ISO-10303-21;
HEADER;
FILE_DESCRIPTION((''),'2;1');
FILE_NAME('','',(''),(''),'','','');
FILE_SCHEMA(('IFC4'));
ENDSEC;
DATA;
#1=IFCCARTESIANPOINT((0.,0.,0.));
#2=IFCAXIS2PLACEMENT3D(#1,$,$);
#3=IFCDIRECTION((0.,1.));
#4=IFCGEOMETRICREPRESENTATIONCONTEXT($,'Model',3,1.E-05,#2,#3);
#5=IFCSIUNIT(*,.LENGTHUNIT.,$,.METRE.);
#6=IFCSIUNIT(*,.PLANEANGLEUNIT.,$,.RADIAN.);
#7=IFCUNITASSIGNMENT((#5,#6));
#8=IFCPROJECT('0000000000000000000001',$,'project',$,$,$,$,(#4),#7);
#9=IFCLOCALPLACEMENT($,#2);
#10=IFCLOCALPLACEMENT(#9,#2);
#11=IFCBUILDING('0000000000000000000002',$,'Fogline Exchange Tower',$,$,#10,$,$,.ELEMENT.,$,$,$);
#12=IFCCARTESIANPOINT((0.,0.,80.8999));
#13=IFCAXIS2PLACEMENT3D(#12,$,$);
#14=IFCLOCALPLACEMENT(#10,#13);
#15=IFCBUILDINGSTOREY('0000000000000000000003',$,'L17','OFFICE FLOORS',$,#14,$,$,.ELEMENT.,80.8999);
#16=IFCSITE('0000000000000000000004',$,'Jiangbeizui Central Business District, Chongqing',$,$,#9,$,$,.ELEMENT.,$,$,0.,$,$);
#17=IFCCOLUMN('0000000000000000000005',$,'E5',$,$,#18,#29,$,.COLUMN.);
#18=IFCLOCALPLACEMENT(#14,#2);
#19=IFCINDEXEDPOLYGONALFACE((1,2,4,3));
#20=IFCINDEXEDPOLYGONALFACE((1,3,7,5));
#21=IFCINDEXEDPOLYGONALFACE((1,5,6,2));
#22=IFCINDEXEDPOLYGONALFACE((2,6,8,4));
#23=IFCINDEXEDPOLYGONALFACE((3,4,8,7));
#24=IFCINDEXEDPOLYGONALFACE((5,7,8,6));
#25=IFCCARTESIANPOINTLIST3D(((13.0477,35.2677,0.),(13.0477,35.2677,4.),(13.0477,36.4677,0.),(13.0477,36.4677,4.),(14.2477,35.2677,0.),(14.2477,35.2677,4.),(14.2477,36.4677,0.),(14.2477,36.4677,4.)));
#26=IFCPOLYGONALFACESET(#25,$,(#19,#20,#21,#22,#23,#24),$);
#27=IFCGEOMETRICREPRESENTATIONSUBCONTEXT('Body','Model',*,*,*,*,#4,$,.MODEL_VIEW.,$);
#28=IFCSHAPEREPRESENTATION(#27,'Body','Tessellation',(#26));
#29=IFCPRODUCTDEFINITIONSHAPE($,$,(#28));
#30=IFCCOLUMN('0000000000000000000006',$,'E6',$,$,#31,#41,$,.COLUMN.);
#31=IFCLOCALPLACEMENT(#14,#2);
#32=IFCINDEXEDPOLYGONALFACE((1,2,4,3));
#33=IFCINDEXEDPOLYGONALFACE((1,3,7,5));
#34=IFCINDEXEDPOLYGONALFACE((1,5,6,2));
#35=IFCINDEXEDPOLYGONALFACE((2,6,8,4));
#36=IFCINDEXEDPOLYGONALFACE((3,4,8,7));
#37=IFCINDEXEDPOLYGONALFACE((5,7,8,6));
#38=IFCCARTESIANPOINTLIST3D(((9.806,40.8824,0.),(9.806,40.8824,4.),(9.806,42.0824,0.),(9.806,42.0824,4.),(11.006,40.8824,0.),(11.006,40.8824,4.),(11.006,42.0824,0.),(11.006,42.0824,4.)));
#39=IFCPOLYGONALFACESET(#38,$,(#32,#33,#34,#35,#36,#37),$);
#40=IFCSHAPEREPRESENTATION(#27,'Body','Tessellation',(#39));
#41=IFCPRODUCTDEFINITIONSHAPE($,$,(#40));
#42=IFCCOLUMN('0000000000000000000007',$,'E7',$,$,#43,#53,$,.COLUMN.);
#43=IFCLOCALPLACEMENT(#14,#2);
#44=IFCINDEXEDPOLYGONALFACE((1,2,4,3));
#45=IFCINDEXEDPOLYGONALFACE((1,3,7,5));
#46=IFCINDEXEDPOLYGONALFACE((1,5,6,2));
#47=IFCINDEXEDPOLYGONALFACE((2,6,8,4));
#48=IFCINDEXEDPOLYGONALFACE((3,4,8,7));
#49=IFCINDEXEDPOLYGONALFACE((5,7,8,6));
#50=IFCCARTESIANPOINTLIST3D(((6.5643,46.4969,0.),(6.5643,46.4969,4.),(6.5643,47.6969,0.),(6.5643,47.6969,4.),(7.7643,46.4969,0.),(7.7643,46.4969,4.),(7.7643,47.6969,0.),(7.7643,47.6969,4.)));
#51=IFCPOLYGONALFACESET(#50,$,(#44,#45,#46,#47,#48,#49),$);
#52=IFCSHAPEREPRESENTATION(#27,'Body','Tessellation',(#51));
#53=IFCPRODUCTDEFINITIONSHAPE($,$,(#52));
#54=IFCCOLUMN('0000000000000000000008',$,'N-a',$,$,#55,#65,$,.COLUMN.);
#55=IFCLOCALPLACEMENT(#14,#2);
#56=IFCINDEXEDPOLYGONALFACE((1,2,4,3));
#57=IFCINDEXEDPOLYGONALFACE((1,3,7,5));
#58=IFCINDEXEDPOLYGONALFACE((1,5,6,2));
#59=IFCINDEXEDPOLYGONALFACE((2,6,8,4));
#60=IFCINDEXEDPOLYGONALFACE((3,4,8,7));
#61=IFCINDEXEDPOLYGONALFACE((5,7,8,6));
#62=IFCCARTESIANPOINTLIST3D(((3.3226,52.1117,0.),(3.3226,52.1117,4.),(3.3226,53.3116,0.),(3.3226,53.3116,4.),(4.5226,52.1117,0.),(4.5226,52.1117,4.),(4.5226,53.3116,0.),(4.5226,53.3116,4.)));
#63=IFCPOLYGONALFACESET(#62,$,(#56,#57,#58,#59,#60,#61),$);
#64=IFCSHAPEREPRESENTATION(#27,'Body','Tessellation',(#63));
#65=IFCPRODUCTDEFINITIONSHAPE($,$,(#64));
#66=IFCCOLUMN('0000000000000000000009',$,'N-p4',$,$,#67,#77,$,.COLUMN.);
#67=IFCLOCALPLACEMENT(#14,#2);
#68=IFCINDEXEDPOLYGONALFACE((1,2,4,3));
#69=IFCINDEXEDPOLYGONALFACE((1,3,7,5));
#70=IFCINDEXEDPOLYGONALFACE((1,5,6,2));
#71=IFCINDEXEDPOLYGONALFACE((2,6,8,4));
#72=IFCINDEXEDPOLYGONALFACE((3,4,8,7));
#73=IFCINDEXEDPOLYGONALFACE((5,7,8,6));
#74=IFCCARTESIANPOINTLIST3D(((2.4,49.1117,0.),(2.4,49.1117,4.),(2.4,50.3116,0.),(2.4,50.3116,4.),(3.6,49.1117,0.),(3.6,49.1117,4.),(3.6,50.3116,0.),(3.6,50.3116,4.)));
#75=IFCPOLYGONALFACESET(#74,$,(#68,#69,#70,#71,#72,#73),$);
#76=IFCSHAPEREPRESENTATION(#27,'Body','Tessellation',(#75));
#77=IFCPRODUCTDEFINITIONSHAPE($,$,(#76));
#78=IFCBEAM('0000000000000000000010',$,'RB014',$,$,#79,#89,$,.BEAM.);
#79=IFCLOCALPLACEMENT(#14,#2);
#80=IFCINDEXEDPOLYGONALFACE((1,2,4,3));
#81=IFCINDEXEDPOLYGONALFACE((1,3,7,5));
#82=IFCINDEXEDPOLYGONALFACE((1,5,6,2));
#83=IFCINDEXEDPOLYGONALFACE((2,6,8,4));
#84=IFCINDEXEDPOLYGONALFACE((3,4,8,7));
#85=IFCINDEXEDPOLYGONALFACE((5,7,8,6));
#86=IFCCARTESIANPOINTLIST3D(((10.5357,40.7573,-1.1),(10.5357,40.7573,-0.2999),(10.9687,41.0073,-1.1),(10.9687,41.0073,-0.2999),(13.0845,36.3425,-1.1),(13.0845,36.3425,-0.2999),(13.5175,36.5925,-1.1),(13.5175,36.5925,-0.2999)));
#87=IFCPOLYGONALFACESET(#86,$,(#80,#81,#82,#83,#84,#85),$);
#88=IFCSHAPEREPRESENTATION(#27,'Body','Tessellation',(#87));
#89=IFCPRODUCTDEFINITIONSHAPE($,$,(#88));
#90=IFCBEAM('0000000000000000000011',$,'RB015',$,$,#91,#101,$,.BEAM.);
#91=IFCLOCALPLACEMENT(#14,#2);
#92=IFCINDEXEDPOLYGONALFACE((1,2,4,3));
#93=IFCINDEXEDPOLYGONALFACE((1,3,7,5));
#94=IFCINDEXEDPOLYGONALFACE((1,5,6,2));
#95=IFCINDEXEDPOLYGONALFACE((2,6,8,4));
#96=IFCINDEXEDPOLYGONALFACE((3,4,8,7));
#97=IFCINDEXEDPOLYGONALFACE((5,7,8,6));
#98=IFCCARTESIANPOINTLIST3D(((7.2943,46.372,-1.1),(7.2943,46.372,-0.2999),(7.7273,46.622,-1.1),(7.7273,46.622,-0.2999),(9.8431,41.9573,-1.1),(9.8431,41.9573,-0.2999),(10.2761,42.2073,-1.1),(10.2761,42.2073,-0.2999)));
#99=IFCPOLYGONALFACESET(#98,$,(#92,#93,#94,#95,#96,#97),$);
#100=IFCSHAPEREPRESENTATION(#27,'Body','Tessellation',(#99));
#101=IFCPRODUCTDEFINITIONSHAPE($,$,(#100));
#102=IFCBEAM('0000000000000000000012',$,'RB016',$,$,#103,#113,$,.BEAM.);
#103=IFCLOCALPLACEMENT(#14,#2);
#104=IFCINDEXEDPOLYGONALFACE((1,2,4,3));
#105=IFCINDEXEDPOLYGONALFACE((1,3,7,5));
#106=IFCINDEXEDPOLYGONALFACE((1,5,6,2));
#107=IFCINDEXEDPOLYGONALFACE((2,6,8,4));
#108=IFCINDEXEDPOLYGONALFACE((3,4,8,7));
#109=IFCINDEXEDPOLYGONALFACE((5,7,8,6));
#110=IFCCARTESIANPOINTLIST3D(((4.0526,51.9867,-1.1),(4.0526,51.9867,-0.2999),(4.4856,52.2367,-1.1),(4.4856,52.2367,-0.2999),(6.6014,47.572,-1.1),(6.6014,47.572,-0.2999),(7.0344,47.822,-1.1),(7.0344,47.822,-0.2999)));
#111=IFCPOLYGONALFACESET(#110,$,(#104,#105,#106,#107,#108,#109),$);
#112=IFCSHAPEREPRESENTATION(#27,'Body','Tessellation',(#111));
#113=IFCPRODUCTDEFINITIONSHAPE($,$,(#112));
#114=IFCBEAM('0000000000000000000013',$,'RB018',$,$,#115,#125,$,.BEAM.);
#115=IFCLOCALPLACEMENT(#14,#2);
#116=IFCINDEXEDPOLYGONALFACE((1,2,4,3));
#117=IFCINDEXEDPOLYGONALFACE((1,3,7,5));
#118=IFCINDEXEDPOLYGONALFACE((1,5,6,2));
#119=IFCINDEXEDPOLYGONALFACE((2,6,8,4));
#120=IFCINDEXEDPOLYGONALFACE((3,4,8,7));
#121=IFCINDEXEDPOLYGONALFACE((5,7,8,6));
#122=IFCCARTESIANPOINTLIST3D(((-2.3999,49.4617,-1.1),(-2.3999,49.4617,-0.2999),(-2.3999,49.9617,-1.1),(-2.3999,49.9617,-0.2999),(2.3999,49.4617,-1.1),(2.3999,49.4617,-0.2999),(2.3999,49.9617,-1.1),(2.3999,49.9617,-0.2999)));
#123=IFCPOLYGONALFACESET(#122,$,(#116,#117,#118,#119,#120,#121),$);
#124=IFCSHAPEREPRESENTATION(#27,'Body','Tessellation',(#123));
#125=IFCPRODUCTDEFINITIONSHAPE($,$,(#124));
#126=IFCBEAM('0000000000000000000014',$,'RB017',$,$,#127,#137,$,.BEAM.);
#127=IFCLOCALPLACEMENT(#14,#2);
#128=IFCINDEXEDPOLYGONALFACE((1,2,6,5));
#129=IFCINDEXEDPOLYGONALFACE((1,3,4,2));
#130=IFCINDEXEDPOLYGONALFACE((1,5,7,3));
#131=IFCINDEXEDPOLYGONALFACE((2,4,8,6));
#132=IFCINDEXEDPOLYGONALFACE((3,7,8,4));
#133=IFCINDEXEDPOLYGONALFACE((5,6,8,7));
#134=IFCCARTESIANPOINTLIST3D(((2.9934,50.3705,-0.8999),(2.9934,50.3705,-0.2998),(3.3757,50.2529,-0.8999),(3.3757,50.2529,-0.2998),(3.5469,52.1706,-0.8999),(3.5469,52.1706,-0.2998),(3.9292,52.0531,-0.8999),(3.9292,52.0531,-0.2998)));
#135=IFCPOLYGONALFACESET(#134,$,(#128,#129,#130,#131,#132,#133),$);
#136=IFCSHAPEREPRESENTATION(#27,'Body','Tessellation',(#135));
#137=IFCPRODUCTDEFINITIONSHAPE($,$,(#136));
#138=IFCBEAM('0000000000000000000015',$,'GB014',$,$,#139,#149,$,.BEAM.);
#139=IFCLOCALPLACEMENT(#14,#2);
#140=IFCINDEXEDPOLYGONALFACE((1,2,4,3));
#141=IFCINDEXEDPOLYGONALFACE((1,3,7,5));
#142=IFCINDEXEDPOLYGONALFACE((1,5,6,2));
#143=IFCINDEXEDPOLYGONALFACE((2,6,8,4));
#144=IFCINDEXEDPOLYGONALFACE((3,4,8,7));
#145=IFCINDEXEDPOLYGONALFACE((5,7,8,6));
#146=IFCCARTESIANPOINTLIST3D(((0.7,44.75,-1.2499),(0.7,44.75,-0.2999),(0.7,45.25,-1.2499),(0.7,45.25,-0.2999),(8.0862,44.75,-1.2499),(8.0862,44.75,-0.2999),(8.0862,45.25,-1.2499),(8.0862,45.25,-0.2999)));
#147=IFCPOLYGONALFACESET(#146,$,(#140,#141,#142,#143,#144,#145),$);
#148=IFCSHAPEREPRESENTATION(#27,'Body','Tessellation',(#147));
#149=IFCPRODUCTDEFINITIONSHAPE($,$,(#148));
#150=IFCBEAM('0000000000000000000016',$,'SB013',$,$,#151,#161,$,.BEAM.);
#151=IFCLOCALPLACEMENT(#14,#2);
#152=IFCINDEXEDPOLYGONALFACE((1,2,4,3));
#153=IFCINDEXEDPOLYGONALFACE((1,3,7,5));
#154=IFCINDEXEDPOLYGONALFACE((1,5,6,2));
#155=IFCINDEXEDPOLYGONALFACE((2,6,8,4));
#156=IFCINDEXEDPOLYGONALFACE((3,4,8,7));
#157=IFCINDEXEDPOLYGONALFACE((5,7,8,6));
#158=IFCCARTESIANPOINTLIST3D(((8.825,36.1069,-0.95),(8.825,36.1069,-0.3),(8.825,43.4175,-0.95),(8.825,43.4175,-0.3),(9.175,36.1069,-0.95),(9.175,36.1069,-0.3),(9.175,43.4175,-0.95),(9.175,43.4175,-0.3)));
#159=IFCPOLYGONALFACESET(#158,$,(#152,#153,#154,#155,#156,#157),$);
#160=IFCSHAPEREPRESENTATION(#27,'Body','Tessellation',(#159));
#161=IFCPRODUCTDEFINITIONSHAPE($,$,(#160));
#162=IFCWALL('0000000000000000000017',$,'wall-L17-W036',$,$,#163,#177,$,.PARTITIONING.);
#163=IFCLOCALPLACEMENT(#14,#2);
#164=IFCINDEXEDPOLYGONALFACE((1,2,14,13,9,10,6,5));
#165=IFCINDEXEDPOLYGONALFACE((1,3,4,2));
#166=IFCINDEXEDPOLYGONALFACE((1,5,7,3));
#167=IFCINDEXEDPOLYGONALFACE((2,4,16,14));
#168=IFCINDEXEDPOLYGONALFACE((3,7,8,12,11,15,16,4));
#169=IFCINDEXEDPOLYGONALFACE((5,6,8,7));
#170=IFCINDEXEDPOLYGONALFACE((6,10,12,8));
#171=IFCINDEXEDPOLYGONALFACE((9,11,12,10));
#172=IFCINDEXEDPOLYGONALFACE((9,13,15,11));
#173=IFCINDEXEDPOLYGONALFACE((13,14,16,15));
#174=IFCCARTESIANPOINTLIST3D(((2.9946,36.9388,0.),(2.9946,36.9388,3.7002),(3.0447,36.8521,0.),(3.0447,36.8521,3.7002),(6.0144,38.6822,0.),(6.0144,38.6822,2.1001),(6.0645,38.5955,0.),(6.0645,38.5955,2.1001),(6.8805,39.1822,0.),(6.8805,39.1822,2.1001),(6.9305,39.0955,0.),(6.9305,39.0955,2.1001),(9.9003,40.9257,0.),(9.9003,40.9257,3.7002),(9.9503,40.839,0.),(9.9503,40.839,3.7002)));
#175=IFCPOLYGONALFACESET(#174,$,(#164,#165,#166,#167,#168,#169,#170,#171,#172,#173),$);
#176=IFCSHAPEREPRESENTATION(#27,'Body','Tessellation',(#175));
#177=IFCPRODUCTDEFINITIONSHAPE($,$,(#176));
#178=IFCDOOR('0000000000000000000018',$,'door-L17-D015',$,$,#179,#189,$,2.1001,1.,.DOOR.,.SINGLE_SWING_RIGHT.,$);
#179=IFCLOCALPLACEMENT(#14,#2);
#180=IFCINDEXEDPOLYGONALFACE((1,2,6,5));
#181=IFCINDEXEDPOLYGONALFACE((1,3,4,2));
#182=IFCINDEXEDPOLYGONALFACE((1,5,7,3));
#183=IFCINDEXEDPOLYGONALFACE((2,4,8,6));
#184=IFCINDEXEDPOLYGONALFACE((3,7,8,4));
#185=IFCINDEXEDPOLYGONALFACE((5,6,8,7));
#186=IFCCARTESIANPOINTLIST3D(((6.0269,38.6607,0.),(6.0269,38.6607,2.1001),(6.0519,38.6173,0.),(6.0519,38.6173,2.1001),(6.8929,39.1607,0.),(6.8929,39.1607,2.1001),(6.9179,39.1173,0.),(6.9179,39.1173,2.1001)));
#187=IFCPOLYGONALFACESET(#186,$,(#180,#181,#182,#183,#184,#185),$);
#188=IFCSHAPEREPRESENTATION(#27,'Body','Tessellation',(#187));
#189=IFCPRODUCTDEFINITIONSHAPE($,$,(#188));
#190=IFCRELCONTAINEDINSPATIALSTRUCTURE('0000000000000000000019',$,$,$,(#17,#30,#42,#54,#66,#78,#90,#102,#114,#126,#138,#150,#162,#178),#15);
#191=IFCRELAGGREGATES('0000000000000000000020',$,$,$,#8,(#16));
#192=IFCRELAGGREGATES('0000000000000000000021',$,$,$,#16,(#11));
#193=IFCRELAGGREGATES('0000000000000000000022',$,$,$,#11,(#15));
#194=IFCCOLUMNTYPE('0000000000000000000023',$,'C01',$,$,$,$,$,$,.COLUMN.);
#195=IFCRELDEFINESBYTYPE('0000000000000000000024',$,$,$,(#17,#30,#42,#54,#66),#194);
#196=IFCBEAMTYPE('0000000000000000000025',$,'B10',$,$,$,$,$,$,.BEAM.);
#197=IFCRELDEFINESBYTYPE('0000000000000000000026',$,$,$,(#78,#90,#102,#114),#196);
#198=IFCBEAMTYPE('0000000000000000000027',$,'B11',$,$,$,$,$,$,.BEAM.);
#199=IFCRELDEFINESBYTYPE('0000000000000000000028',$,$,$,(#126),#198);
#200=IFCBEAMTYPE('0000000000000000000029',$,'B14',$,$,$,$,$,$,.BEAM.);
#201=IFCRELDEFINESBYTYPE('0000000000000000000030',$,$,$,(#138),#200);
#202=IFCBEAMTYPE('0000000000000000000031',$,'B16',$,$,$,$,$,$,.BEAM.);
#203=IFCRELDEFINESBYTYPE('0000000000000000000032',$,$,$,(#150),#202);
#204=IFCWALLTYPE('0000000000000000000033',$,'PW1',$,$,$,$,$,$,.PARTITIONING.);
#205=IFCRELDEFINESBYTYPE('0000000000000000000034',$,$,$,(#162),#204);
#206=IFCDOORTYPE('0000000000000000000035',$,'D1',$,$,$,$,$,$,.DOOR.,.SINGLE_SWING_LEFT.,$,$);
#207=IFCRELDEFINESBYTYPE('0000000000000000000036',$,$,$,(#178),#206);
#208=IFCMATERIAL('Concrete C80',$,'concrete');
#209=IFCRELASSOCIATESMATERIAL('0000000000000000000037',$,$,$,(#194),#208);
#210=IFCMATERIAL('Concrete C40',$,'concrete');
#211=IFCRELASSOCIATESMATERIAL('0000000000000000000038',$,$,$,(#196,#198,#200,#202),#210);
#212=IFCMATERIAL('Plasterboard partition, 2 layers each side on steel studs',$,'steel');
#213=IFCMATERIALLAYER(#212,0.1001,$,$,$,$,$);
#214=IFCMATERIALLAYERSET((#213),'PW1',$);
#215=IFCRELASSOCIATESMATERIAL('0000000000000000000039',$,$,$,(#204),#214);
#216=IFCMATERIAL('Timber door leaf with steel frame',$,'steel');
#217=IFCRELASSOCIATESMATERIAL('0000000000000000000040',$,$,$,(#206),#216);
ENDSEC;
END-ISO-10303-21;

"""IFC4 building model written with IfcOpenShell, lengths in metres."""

from ifc_helpers import new_model, si_unit, direction, frame, frame_2d, origin, origin_2d, place, context, subcontext, project, spatial, rectangle, extrude, material, layer, layer_set, material_profile, profile_set, type_object, element, fill, save


model = new_model("IFC4")

# Units and contexts
model_context = context("Model", 3, precision=1e-05, world=origin(), true_north=direction((0.0, 1.0)))
body_context = subcontext(model_context, "Body", "Model", "MODEL_VIEW")
ifc_project = project(units=[si_unit("LENGTHUNIT", "METRE"), si_unit("PLANEANGLEUNIT", "RADIAN")], contexts=[model_context])

# Site, building, storey
site_placement = place(None, origin())
site = spatial("IfcSite", under=ifc_project, at=site_placement, Name="Jiangbeizui Central Business District, Chongqing", CompositionType="ELEMENT", RefElevation=0.0)
building_placement = place(site_placement, origin())
building = spatial("IfcBuilding", under=site, at=building_placement, Name="Fogline Exchange Tower", CompositionType="ELEMENT")
storey_placement = place(building_placement, frame((0.0, 0.0, 80.8999)))
storey = spatial("IfcBuildingStorey", under=building, at=storey_placement, Name="L17", Description="OFFICE FLOORS", CompositionType="ELEMENT", Elevation=80.8999)

# Columns
ifc_material_1 = material(Name="Concrete C80", Category="concrete")
ifc_material_profile_1 = material_profile(ifc_material_1, rectangle(XDim=1.2, YDim=1.2, at=origin_2d()), Name="RC 1200x1200")
ifc_profile_set_1 = profile_set([ifc_material_profile_1], Name="Concrete C80")
column_type = type_object("IfcColumnType", Name="C01", PredefinedType="COLUMN", material=ifc_profile_set_1)
for number, where, z_axis, x_axis, name in (
    (1, (13.6477, 35.8677, 0.0), (0.0, 0.0, 1.0), (1.0, 0.0, 0.0), "E5"),
    (2, (10.406, 41.4824, 0.0), (0.0, 0.0, 1.0), (1.0, 0.0, 0.0), "E6"),
    (3, (7.1643, 47.0969, 0.0), (0.0, 0.0, 1.0), (1.0, 0.0, 0.0), "E7"),
    (4, (3.9226, 52.7117, 0.0), (0.0, 0.0, 1.0), (1.0, 0.0, 0.0), "N-a"),
    (5, (3.0, 49.7117, 0.0), (0.0, 0.0, 1.0), (1.0, 0.0, 0.0), "N-p4"),
):
    element("IfcColumn", number, at=place(storey_placement, frame(where, z_axis=z_axis, x_axis=x_axis)), inside=storey, type_object=column_type, Name=name, PredefinedType="COLUMN", context=body_context, shape_type="SweptSolid", body=[
        extrude(rectangle(XDim=1.2, YDim=1.2, at=origin_2d()), origin(), (0.0, 0.0, 1.0), 4.0),
    ])

# Beams
ifc_material_2 = material(Name="Concrete C40", Category="concrete")
ifc_material_profile_2 = material_profile(ifc_material_2, rectangle(XDim=0.5, YDim=0.8, at=origin_2d()), Name="RC 500x800")
ifc_profile_set_2 = profile_set([ifc_material_profile_2], Name="Concrete C40")
beam_type_1 = type_object("IfcBeamType", Name="B10", PredefinedType="BEAM", material=ifc_profile_set_2)
for number, where, z_axis, x_axis, name in (
    (6, (13.301, 36.4675, -0.7), (-0.499992, 0.86603, 0.0), (-0.86603, -0.499992, 0.0), "RB014"),
    (7, (10.0596, 42.0823, -0.7), (-0.499992, 0.86603, 0.0), (-0.86603, -0.499992, 0.0), "RB015"),
    (8, (6.8179, 47.697, -0.7), (-0.499992, 0.86603, 0.0), (-0.86603, -0.499992, 0.0), "RB016"),
):
    element("IfcBeam", number, at=place(storey_placement, frame(where, z_axis=z_axis, x_axis=x_axis)), inside=storey, type_object=beam_type_1, Name=name, PredefinedType="BEAM", context=body_context, shape_type="SweptSolid", body=[
        extrude(rectangle(XDim=0.5, YDim=0.8, at=origin_2d()), origin(), (0.0, 0.0, 1.0), 5.0977),
    ])
beam_1_placement = place(storey_placement, frame((2.3999, 49.7117, -0.7), z_axis=(-1.0, 0.0, 0.0), x_axis=(0.0, -1.0, 0.0)))
element("IfcBeam", 9, at=beam_1_placement, inside=storey, type_object=beam_type_1, Name="RB018", PredefinedType="BEAM", context=body_context, shape_type="SweptSolid", body=[
    extrude(rectangle(XDim=0.5, YDim=0.8, at=origin_2d()), origin(), (0.0, 0.0, 1.0), 4.7998),
])
ifc_material_profile_3 = material_profile(ifc_material_2, rectangle(XDim=0.3999, YDim=0.6001, at=origin_2d()), Name="RC 400x600")
ifc_profile_set_3 = profile_set([ifc_material_profile_3], Name="Concrete C40")
beam_type_2 = type_object("IfcBeamType", Name="B11", PredefinedType="BEAM", material=ifc_profile_set_3)
beam_2_placement = place(storey_placement, frame((3.738, 52.1118, -0.5999), z_axis=(-0.293895, -0.955838, 0.0), x_axis=(0.955838, -0.293895, 0.0)))
element("IfcBeam", 10, at=beam_2_placement, inside=storey, type_object=beam_type_2, Name="RB017", PredefinedType="BEAM", context=body_context, shape_type="SweptSolid", body=[
    extrude(rectangle(XDim=0.3999, YDim=0.6001, at=origin_2d()), origin(), (0.0, 0.0, 1.0), 1.8833),
])
ifc_material_profile_4 = material_profile(ifc_material_2, rectangle(XDim=0.5, YDim=0.95, at=origin_2d()), Name="RC 500x950")
ifc_profile_set_4 = profile_set([ifc_material_profile_4], Name="Concrete C40")
beam_type_3 = type_object("IfcBeamType", Name="B14", PredefinedType="BEAM", material=ifc_profile_set_4)
beam_3_placement = place(storey_placement, frame((0.7, 45.0, -0.7749), z_axis=(1.0, 0.0, 0.0), x_axis=(0.0, 1.0, 0.0)))
element("IfcBeam", 11, at=beam_3_placement, inside=storey, type_object=beam_type_3, Name="GB014", PredefinedType="BEAM", context=body_context, shape_type="SweptSolid", body=[
    extrude(rectangle(XDim=0.5, YDim=0.95, at=origin_2d()), origin(), (0.0, 0.0, 1.0), 7.3862),
])
ifc_material_profile_5 = material_profile(ifc_material_2, rectangle(XDim=0.3501, YDim=0.6499, at=origin_2d()), Name="RC 350x650")
ifc_profile_set_5 = profile_set([ifc_material_profile_5], Name="Concrete C40")
beam_type_4 = type_object("IfcBeamType", Name="B16", PredefinedType="BEAM", material=ifc_profile_set_5)
beam_4_placement = place(storey_placement, frame((9.0, 36.1069, -0.625), z_axis=(0.0, 1.0, 0.0), x_axis=(-1.0, 0.0, 0.0)))
element("IfcBeam", 12, at=beam_4_placement, inside=storey, type_object=beam_type_4, Name="SB013", PredefinedType="BEAM", context=body_context, shape_type="SweptSolid", body=[
    extrude(rectangle(XDim=0.3501, YDim=0.6499, at=origin_2d()), origin(), (0.0, 0.0, 1.0), 7.3105),
])

# Wall, opening, door
ifc_material_3 = material(Name="Plasterboard partition, 2 layers each side on steel studs", Category="steel")
ifc_layer_1 = layer(ifc_material_3, 0.1001)
ifc_layer_set_1 = layer_set([ifc_layer_1], Name="PW1")
wall_type_1 = type_object("IfcWallType", Name="PW1", PredefinedType="PARTITIONING", material=ifc_layer_set_1)
wall_1_placement = place(storey_placement, frame((3.0198, 36.8955, 0.0), z_axis=(0.0, 0.0, 1.0), x_axis=(0.86603, 0.499992, 0.0)))
wall_1 = element("IfcWall", 13, at=wall_1_placement, inside=storey, type_object=wall_type_1, Name="wall-L17-W036", PredefinedType="PARTITIONING", context=body_context, shape_type="SweptSolid", body=[
    extrude(rectangle(XDim=7.9739, YDim=0.1001, at=frame_2d((3.9868, 0.0))), origin(), (0.0, 0.0, 1.0), 3.7002),
])
opening_1_placement = place(wall_1_placement, frame((3.4868, 0.0, 0.0)))
opening_1 = element("IfcOpeningElement", 14, at=opening_1_placement, cuts=wall_1, PredefinedType="OPENING", context=body_context, shape_type="SweptSolid", body=[
    extrude(rectangle(XDim=1.0, YDim=2.1001, at=frame_2d((0.5, 1.05))), frame((0.0, 0.0601, 0.0), z_axis=(0.0, -1.0, 0.0), x_axis=(1.0, 0.0, 0.0)), (0.0, 0.0, 1.0), 0.1201),
])
ifc_material_4 = material(Name="Timber door leaf with steel frame", Category="steel")
door_type_1 = type_object("IfcDoorType", Name="D1", OperationType="SINGLE_SWING_LEFT", PredefinedType="DOOR", material=ifc_material_4)
door_1_placement = place(opening_1_placement, frame((1.0, 0.0, 0.0), z_axis=(0.0, 0.0, 1.0), x_axis=(-1.0, 0.0, 0.0)))
door_1 = element("IfcDoor", 15, at=door_1_placement, inside=storey, type_object=door_type_1, Name="door-L17-D015", OperationType="SINGLE_SWING_RIGHT", OverallHeight=2.1001, OverallWidth=1.0, PredefinedType="DOOR", context=body_context, shape_type="SweptSolid", body=[
    extrude(rectangle(XDim=1.0, YDim=2.1001, at=frame_2d((0.5, 1.05))), frame((0.0, 0.0249, 0.0), z_axis=(0.0, -1.0, 0.0), x_axis=(1.0, 0.0, 0.0)), (0.0, 0.0, 1.0), 0.05),
])
fill(opening_1, door_1)

save(model, "model.ifc")
